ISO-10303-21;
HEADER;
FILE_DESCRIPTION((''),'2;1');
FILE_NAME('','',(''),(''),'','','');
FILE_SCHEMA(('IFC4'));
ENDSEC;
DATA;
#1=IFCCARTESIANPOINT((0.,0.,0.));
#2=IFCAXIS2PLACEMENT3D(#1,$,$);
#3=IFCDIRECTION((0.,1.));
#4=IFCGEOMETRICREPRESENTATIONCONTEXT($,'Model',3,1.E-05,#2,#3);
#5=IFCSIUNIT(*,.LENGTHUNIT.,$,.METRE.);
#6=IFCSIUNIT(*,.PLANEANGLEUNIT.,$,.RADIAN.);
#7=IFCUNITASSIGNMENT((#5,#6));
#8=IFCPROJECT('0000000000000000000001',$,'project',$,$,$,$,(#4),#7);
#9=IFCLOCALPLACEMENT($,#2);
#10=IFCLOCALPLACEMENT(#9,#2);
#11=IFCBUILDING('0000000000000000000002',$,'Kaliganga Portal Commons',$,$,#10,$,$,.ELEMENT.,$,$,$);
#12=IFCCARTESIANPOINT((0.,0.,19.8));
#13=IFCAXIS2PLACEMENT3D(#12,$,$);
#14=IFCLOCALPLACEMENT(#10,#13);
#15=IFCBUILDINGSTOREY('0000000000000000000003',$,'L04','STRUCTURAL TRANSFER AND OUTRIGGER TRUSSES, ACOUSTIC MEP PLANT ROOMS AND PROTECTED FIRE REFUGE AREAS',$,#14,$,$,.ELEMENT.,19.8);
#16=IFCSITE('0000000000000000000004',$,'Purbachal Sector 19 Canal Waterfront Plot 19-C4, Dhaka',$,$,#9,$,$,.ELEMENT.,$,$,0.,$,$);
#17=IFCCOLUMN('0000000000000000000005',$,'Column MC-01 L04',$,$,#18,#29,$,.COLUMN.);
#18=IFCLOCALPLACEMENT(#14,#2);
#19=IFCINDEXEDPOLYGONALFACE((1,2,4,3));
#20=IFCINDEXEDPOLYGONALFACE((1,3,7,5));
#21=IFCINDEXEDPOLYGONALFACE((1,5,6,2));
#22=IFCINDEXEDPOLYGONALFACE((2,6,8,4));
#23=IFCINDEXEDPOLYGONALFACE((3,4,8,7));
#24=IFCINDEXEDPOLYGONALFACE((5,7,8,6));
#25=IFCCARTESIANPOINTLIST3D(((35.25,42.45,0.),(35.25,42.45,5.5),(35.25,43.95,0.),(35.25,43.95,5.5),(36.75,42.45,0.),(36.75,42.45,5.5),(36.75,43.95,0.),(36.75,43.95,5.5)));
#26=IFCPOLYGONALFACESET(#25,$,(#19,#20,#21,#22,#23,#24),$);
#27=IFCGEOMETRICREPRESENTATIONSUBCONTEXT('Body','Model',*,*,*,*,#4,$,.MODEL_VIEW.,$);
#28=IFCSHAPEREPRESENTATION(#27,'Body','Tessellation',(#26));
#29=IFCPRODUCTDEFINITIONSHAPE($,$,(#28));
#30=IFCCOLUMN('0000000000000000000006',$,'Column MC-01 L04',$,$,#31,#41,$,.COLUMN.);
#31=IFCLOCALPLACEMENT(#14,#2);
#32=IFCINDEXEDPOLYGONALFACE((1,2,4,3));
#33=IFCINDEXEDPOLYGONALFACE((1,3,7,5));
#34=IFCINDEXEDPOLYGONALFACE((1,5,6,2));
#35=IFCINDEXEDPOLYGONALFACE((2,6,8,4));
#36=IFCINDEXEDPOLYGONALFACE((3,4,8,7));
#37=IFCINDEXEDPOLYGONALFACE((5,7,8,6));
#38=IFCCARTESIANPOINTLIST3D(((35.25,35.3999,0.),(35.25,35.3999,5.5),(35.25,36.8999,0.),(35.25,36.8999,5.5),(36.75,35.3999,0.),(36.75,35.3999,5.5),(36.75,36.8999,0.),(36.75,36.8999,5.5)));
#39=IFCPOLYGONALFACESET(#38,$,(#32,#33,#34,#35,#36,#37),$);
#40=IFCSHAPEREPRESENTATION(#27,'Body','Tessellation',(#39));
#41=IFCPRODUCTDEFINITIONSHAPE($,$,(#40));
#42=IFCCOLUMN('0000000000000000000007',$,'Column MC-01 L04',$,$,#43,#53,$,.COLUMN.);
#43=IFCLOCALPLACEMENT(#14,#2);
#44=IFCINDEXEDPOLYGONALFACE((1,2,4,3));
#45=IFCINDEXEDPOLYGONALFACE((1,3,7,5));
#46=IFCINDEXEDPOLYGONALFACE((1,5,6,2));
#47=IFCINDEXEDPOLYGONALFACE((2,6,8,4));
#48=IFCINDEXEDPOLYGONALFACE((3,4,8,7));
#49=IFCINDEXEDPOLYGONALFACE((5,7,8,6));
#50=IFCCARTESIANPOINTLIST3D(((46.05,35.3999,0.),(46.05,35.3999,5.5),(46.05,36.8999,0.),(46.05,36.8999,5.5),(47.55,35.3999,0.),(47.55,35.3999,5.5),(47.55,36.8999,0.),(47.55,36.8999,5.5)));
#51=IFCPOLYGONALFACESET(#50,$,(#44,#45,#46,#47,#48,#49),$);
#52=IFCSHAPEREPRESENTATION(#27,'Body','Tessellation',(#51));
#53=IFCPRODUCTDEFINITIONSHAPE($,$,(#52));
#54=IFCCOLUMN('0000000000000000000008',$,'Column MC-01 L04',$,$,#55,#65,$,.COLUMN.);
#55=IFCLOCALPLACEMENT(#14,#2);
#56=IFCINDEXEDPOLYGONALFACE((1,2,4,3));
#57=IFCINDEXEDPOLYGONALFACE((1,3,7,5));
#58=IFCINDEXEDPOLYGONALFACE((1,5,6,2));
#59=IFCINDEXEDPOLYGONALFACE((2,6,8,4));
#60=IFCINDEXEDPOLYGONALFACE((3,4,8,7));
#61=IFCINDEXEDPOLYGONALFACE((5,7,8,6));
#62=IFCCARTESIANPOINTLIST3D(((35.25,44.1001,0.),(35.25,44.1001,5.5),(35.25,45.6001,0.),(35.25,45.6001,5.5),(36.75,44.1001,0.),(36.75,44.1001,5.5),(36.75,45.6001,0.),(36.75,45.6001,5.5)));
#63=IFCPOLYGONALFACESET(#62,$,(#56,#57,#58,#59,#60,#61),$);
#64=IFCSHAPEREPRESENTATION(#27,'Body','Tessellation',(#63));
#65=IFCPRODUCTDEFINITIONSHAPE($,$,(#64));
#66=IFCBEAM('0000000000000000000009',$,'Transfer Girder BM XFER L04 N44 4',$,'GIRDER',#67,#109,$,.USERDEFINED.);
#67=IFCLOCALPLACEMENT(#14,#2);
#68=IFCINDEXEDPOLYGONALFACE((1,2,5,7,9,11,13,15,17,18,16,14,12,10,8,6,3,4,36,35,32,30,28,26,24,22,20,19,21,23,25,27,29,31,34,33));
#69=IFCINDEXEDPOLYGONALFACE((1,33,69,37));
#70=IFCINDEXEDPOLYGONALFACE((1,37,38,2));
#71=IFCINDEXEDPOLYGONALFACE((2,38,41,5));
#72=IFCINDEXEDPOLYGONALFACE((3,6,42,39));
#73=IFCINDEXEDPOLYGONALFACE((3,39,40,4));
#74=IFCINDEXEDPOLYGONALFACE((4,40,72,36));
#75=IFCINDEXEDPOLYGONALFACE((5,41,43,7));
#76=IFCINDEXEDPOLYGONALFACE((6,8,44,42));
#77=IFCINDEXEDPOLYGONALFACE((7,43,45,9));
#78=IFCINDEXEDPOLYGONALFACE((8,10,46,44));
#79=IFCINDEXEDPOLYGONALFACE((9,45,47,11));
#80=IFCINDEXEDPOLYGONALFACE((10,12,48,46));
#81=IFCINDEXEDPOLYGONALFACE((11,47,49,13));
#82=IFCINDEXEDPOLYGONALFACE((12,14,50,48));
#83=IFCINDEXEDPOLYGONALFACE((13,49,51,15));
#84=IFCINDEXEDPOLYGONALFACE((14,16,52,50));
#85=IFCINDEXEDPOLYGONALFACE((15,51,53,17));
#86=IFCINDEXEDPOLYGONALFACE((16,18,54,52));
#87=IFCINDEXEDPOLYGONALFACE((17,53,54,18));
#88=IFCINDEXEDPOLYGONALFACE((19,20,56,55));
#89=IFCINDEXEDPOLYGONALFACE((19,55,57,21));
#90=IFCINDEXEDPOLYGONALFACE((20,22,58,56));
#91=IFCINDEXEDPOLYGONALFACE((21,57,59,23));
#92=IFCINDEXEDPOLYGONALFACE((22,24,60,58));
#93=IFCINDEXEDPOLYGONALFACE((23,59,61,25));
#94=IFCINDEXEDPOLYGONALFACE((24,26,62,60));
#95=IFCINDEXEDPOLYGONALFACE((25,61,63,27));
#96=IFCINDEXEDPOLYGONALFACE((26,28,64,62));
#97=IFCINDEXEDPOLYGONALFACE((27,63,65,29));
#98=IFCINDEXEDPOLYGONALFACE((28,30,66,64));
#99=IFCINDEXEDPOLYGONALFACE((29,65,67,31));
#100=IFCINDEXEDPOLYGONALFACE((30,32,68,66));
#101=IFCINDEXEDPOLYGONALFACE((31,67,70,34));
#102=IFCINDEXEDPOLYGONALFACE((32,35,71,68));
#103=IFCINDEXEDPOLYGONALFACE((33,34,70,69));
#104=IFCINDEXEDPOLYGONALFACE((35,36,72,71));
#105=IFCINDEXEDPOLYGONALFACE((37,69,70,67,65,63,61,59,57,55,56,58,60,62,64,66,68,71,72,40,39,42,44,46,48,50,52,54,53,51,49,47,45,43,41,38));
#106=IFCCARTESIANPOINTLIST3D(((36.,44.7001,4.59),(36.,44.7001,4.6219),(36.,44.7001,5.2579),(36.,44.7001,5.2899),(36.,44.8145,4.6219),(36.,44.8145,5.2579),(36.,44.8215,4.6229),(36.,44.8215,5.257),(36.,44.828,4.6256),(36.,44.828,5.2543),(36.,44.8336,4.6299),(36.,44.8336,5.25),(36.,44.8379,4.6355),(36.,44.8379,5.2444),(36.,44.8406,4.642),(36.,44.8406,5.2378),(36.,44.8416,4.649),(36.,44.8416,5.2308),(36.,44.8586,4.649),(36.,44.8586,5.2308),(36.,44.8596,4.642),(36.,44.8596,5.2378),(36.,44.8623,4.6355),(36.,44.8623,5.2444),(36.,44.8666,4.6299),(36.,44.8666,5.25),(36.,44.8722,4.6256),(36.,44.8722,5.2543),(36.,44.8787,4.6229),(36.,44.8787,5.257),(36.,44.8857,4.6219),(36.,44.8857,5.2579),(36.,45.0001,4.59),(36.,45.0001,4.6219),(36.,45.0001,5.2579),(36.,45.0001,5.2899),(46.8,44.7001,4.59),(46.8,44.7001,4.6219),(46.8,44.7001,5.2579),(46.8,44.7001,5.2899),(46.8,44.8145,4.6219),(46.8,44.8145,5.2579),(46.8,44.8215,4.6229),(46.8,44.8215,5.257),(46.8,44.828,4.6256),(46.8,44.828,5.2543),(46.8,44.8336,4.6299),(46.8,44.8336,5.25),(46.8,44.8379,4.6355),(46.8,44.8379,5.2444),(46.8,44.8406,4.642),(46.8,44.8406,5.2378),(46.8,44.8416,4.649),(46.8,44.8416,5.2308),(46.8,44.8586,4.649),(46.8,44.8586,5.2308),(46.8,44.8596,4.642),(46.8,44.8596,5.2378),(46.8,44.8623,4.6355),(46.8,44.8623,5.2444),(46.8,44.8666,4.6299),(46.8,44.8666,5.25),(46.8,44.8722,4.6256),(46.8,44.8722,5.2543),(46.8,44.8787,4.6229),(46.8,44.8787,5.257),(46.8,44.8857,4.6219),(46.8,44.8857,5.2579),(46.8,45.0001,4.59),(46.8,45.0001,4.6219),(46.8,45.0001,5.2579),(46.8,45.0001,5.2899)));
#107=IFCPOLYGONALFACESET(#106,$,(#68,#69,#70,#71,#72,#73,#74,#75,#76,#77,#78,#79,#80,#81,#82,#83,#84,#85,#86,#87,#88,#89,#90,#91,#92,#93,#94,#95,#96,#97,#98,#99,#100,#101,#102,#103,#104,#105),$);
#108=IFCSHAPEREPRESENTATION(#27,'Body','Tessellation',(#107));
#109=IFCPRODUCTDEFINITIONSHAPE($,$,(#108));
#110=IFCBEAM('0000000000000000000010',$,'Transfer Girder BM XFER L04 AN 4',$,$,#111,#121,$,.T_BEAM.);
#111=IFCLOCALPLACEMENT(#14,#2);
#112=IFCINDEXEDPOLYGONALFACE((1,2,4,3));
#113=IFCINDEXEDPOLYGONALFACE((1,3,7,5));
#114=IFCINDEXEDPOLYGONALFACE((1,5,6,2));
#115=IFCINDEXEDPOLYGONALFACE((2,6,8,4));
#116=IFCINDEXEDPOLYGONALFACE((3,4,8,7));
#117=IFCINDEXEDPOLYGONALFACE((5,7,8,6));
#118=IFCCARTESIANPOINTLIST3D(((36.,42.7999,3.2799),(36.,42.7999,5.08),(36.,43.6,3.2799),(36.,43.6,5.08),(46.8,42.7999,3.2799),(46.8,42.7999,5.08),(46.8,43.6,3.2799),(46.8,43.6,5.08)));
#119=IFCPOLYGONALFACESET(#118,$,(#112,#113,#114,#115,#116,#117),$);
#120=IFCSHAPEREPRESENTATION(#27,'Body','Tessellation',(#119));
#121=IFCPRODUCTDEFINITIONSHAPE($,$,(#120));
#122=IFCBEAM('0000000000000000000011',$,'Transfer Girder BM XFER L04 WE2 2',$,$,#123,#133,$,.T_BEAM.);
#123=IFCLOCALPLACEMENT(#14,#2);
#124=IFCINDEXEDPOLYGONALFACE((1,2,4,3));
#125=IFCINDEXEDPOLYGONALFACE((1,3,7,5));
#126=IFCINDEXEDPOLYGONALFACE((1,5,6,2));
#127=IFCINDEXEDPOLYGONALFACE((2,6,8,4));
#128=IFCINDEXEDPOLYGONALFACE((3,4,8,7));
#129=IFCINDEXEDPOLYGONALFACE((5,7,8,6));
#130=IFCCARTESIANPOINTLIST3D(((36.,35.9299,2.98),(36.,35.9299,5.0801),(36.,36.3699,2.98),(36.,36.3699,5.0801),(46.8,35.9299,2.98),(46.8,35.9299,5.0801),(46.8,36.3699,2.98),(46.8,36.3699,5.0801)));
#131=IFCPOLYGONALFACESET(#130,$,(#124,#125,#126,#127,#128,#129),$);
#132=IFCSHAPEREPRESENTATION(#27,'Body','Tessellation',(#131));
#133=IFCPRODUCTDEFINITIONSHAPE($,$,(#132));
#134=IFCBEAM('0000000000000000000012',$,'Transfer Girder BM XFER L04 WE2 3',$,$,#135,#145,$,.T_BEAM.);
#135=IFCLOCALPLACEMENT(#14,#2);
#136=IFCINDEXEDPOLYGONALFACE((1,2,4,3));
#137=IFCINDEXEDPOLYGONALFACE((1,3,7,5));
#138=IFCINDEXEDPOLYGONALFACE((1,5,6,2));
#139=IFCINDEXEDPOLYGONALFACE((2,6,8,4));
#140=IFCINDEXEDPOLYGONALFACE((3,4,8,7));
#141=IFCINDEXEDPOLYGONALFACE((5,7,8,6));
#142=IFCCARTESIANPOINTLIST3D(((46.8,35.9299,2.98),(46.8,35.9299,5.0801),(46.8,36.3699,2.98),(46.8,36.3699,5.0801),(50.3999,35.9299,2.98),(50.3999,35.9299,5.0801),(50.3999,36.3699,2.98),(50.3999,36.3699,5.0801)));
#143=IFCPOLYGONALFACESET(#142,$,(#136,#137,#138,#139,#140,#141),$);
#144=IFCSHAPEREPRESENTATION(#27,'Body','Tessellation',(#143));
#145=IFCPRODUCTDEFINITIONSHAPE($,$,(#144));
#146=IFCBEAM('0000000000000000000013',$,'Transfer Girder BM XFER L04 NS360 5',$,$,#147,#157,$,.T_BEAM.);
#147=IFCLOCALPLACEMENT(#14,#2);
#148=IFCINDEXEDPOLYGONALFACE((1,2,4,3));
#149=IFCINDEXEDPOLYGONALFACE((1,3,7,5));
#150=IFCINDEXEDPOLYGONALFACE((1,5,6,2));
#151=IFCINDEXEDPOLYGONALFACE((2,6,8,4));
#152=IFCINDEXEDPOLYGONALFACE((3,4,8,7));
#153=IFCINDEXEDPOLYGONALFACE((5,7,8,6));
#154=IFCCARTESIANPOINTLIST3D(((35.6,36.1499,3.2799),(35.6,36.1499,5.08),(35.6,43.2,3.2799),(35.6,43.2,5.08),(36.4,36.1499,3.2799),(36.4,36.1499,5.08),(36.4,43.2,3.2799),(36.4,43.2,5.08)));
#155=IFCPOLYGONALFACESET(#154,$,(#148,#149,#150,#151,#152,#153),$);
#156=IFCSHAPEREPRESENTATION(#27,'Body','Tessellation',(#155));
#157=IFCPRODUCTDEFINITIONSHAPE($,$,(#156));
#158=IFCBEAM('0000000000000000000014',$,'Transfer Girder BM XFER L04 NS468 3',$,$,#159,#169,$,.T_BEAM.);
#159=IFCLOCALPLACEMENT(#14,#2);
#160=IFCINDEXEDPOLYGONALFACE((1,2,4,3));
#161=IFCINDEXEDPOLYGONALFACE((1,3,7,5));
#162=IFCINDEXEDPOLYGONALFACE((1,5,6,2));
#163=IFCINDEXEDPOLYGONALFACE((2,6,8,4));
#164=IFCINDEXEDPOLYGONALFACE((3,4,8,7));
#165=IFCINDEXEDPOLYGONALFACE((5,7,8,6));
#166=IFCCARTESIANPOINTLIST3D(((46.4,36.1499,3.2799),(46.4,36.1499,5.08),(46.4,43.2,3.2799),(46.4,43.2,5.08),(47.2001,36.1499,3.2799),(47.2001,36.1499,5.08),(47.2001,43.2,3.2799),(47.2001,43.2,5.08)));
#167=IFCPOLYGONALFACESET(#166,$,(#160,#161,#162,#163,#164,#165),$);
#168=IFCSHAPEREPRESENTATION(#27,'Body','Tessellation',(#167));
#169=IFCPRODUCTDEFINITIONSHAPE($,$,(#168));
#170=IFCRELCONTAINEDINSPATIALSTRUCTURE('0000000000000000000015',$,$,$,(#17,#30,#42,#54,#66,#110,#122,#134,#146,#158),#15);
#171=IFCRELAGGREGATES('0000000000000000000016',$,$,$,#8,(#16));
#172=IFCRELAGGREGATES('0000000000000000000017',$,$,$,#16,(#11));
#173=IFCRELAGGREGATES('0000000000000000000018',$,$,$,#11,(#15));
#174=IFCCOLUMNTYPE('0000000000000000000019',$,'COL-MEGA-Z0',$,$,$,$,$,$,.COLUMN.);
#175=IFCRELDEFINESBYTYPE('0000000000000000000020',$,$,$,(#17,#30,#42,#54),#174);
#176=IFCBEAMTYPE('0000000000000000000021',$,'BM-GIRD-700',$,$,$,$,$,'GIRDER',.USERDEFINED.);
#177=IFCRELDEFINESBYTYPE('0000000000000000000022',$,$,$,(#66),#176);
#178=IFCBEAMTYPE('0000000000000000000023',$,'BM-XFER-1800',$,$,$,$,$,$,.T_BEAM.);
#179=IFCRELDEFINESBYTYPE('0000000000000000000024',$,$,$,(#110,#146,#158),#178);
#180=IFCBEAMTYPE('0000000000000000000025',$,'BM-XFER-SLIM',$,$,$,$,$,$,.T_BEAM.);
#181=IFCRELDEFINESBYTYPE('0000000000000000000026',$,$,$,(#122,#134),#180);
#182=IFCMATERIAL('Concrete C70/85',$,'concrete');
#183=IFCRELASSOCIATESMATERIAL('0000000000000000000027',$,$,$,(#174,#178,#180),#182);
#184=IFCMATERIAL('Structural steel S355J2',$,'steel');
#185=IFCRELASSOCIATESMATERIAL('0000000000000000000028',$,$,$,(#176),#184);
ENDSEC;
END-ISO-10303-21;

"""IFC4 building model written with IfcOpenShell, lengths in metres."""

from ifc_helpers import new_model, si_unit, direction, frame, origin, origin_2d, place, context, subcontext, project, spatial, rectangle, i_section, extrude, source, transform, mapped, material, material_profile, profile_set, type_object, element, save


model = new_model("IFC4")

# Units and contexts
model_context = context("Model", 3, precision=1e-05, world=origin(), true_north=direction((0.0, 1.0)))
body_context = subcontext(model_context, "Body", "Model", "MODEL_VIEW")
ifc_project = project(units=[si_unit("LENGTHUNIT", "METRE"), si_unit("PLANEANGLEUNIT", "RADIAN")], contexts=[model_context])

# Site, building, storey
site_placement = place(None, origin())
site = spatial("IfcSite", under=ifc_project, at=site_placement, Name="Purbachal Sector 19 Canal Waterfront Plot 19-C4, Dhaka", CompositionType="ELEMENT", RefElevation=0.0)
building_placement = place(site_placement, origin())
building = spatial("IfcBuilding", under=site, at=building_placement, Name="Kaliganga Portal Commons", CompositionType="ELEMENT")
storey_placement = place(building_placement, frame((0.0, 0.0, 19.8)))
storey = spatial("IfcBuildingStorey", under=building, at=storey_placement, Name="L04", Description="STRUCTURAL TRANSFER AND OUTRIGGER TRUSSES, ACOUSTIC MEP PLANT ROOMS AND PROTECTED FIRE REFUGE AREAS", CompositionType="ELEMENT", Elevation=19.8)

# Columns
ifc_material_1 = material(Name="Concrete C70/85", Category="concrete")
ifc_material_profile_1 = material_profile(ifc_material_1, rectangle(XDim=1.5, YDim=1.5, at=origin_2d()), Name="RC 1500x1500")
ifc_profile_set_1 = profile_set([ifc_material_profile_1], Name="Concrete C70/85")
column_type = type_object("IfcColumnType", Name="COL-MEGA-Z0", PredefinedType="COLUMN", material=ifc_profile_set_1)
shared_shape_1 = source(origin(), body_context, "Body", "SweptSolid", [
    extrude(rectangle(XDim=1.5, YDim=1.5, at=origin_2d()), origin(), (0.0, 0.0, 1.0), 5.5),
])
for number, where, z_axis, x_axis, name in (
    (1, (36.0, 43.2, 0.0), (0.0, 0.0, 1.0), (1.0, 0.0, 0.0), "Column MC-01 L04"),
    (2, (36.0, 36.1499, 0.0), (0.0, 0.0, 1.0), (1.0, 0.0, 0.0), "Column MC-01 L04"),
    (3, (46.8, 36.1499, 0.0), (0.0, 0.0, 1.0), (1.0, 0.0, 0.0), "Column MC-01 L04"),
    (4, (36.0, 44.8501, 0.0), (0.0, 0.0, 1.0), (1.0, 0.0, 0.0), "Column MC-01 L04"),
):
    element("IfcColumn", number, at=place(storey_placement, frame(where, z_axis=z_axis, x_axis=x_axis)), inside=storey, type_object=column_type, Name=name, PredefinedType="COLUMN", context=body_context, shape_type="MappedRepresentation", body=[
        mapped(shared_shape_1, transform((0.0, 0.0, 0.0), x_axis=(1.0, 0.0, 0.0), y_axis=(0.0, 1.0, 0.0), z_axis=(0.0, 0.0, 1.0), scale=1.0)),
    ])

# Beams
ifc_material_2 = material(Name="Structural steel S355J2", Category="steel")
ifc_material_profile_2 = material_profile(ifc_material_2, i_section(OverallWidth=0.3, OverallDepth=0.7, WebThickness=0.0171, FlangeThickness=0.032, FilletRadius=0.0271, at=origin_2d()), Name="HE 700 B")
ifc_profile_set_2 = profile_set([ifc_material_profile_2], Name="Structural steel S355J2 wide-flange")
beam_type_1 = type_object("IfcBeamType", Name="BM-GIRD-700", ElementType="GIRDER", PredefinedType="USERDEFINED", material=ifc_profile_set_2)
shared_shape_2 = source(origin(), body_context, "Body", "SweptSolid", [
    extrude(i_section(OverallWidth=0.3, OverallDepth=0.7, WebThickness=0.0171, FlangeThickness=0.032, FilletRadius=0.0271, at=origin_2d()), origin(), (0.0, 0.0, 1.0), 10.8),
])
beam_1_placement = place(storey_placement, frame((36.0, 44.8501, 4.9399), z_axis=(1.0, 0.0, 0.0), x_axis=(0.0, 1.0, 0.0)))
element("IfcBeam", 5, at=beam_1_placement, inside=storey, type_object=beam_type_1, Name="Transfer Girder BM XFER L04 N44 4", ObjectType="GIRDER", PredefinedType="USERDEFINED", context=body_context, shape_type="MappedRepresentation", body=[
    mapped(shared_shape_2, transform((0.0, 0.0, 0.0), x_axis=(1.0, 0.0, 0.0), y_axis=(0.0, 1.0, 0.0), z_axis=(0.0, 0.0, 1.0), scale=1.0)),
])
ifc_material_profile_3 = material_profile(ifc_material_1, rectangle(XDim=0.8, YDim=1.8, at=origin_2d()), Name="RC 800x1800")
ifc_profile_set_3 = profile_set([ifc_material_profile_3], Name="Concrete C70/85")
beam_type_2 = type_object("IfcBeamType", Name="BM-XFER-1800", PredefinedType="T_BEAM", material=ifc_profile_set_3)
shared_shape_3 = source(origin(), body_context, "Body", "SweptSolid", [
    extrude(rectangle(XDim=0.8, YDim=1.8, at=origin_2d()), origin(), (0.0, 0.0, 1.0), 10.8),
])
beam_2_placement = place(storey_placement, frame((36.0, 43.2, 4.1799), z_axis=(1.0, 0.0, 0.0), x_axis=(0.0, 1.0, 0.0)))
element("IfcBeam", 6, at=beam_2_placement, inside=storey, type_object=beam_type_2, Name="Transfer Girder BM XFER L04 AN 4", PredefinedType="T_BEAM", context=body_context, shape_type="MappedRepresentation", body=[
    mapped(shared_shape_3, transform((0.0, 0.0, 0.0), x_axis=(1.0, 0.0, 0.0), y_axis=(0.0, 1.0, 0.0), z_axis=(0.0, 0.0, 1.0), scale=1.0)),
])
ifc_material_profile_4 = material_profile(ifc_material_1, rectangle(XDim=0.4399, YDim=2.1001, at=origin_2d()), Name="RC 440x2100")
ifc_profile_set_4 = profile_set([ifc_material_profile_4], Name="Concrete C70/85")
beam_type_3 = type_object("IfcBeamType", Name="BM-XFER-SLIM", PredefinedType="T_BEAM", material=ifc_profile_set_4)
shared_shape_4 = source(origin(), body_context, "Body", "SweptSolid", [
    extrude(rectangle(XDim=0.4399, YDim=2.1001, at=origin_2d()), origin(), (0.0, 0.0, 1.0), 10.8),
])
beam_3_placement = place(storey_placement, frame((36.0, 36.1499, 4.03), z_axis=(1.0, 0.0, 0.0), x_axis=(0.0, 1.0, 0.0)))
element("IfcBeam", 7, at=beam_3_placement, inside=storey, type_object=beam_type_3, Name="Transfer Girder BM XFER L04 WE2 2", PredefinedType="T_BEAM", context=body_context, shape_type="MappedRepresentation", body=[
    mapped(shared_shape_4, transform((0.0, 0.0, 0.0), x_axis=(1.0, 0.0, 0.0), y_axis=(0.0, 1.0, 0.0), z_axis=(0.0, 0.0, 1.0), scale=1.0)),
])
shared_shape_5 = source(origin(), body_context, "Body", "SweptSolid", [
    extrude(rectangle(XDim=0.4399, YDim=2.1001, at=origin_2d()), origin(), (0.0, 0.0, 1.0), 3.5999),
])
beam_4_placement = place(storey_placement, frame((46.8, 36.1499, 4.03), z_axis=(1.0, 0.0, 0.0), x_axis=(0.0, 1.0, 0.0)))
element("IfcBeam", 8, at=beam_4_placement, inside=storey, type_object=beam_type_3, Name="Transfer Girder BM XFER L04 WE2 3", PredefinedType="T_BEAM", context=body_context, shape_type="MappedRepresentation", body=[
    mapped(shared_shape_5, transform((0.0, 0.0, 0.0), x_axis=(1.0, 0.0, 0.0), y_axis=(0.0, 1.0, 0.0), z_axis=(0.0, 0.0, 1.0), scale=1.0)),
])
shared_shape_6 = source(origin(), body_context, "Body", "SweptSolid", [
    extrude(rectangle(XDim=0.8, YDim=1.8, at=origin_2d()), origin(), (0.0, 0.0, 1.0), 7.05),
])
for number, where, z_axis, x_axis, name in (
    (9, (36.0, 36.1499, 4.1799), (0.0, 1.0, 0.0), (-1.0, 0.0, 0.0), "Transfer Girder BM XFER L04 NS360 5"),
    (10, (46.8, 36.1499, 4.1799), (0.0, 1.0, 0.0), (-1.0, 0.0, 0.0), "Transfer Girder BM XFER L04 NS468 3"),
):
    element("IfcBeam", number, at=place(storey_placement, frame(where, z_axis=z_axis, x_axis=x_axis)), inside=storey, type_object=beam_type_2, Name=name, PredefinedType="T_BEAM", context=body_context, shape_type="MappedRepresentation", body=[
        mapped(shared_shape_6, transform((0.0, 0.0, 0.0), x_axis=(1.0, 0.0, 0.0), y_axis=(0.0, 1.0, 0.0), z_axis=(0.0, 0.0, 1.0), scale=1.0)),
    ])

save(model, "model.ifc")
